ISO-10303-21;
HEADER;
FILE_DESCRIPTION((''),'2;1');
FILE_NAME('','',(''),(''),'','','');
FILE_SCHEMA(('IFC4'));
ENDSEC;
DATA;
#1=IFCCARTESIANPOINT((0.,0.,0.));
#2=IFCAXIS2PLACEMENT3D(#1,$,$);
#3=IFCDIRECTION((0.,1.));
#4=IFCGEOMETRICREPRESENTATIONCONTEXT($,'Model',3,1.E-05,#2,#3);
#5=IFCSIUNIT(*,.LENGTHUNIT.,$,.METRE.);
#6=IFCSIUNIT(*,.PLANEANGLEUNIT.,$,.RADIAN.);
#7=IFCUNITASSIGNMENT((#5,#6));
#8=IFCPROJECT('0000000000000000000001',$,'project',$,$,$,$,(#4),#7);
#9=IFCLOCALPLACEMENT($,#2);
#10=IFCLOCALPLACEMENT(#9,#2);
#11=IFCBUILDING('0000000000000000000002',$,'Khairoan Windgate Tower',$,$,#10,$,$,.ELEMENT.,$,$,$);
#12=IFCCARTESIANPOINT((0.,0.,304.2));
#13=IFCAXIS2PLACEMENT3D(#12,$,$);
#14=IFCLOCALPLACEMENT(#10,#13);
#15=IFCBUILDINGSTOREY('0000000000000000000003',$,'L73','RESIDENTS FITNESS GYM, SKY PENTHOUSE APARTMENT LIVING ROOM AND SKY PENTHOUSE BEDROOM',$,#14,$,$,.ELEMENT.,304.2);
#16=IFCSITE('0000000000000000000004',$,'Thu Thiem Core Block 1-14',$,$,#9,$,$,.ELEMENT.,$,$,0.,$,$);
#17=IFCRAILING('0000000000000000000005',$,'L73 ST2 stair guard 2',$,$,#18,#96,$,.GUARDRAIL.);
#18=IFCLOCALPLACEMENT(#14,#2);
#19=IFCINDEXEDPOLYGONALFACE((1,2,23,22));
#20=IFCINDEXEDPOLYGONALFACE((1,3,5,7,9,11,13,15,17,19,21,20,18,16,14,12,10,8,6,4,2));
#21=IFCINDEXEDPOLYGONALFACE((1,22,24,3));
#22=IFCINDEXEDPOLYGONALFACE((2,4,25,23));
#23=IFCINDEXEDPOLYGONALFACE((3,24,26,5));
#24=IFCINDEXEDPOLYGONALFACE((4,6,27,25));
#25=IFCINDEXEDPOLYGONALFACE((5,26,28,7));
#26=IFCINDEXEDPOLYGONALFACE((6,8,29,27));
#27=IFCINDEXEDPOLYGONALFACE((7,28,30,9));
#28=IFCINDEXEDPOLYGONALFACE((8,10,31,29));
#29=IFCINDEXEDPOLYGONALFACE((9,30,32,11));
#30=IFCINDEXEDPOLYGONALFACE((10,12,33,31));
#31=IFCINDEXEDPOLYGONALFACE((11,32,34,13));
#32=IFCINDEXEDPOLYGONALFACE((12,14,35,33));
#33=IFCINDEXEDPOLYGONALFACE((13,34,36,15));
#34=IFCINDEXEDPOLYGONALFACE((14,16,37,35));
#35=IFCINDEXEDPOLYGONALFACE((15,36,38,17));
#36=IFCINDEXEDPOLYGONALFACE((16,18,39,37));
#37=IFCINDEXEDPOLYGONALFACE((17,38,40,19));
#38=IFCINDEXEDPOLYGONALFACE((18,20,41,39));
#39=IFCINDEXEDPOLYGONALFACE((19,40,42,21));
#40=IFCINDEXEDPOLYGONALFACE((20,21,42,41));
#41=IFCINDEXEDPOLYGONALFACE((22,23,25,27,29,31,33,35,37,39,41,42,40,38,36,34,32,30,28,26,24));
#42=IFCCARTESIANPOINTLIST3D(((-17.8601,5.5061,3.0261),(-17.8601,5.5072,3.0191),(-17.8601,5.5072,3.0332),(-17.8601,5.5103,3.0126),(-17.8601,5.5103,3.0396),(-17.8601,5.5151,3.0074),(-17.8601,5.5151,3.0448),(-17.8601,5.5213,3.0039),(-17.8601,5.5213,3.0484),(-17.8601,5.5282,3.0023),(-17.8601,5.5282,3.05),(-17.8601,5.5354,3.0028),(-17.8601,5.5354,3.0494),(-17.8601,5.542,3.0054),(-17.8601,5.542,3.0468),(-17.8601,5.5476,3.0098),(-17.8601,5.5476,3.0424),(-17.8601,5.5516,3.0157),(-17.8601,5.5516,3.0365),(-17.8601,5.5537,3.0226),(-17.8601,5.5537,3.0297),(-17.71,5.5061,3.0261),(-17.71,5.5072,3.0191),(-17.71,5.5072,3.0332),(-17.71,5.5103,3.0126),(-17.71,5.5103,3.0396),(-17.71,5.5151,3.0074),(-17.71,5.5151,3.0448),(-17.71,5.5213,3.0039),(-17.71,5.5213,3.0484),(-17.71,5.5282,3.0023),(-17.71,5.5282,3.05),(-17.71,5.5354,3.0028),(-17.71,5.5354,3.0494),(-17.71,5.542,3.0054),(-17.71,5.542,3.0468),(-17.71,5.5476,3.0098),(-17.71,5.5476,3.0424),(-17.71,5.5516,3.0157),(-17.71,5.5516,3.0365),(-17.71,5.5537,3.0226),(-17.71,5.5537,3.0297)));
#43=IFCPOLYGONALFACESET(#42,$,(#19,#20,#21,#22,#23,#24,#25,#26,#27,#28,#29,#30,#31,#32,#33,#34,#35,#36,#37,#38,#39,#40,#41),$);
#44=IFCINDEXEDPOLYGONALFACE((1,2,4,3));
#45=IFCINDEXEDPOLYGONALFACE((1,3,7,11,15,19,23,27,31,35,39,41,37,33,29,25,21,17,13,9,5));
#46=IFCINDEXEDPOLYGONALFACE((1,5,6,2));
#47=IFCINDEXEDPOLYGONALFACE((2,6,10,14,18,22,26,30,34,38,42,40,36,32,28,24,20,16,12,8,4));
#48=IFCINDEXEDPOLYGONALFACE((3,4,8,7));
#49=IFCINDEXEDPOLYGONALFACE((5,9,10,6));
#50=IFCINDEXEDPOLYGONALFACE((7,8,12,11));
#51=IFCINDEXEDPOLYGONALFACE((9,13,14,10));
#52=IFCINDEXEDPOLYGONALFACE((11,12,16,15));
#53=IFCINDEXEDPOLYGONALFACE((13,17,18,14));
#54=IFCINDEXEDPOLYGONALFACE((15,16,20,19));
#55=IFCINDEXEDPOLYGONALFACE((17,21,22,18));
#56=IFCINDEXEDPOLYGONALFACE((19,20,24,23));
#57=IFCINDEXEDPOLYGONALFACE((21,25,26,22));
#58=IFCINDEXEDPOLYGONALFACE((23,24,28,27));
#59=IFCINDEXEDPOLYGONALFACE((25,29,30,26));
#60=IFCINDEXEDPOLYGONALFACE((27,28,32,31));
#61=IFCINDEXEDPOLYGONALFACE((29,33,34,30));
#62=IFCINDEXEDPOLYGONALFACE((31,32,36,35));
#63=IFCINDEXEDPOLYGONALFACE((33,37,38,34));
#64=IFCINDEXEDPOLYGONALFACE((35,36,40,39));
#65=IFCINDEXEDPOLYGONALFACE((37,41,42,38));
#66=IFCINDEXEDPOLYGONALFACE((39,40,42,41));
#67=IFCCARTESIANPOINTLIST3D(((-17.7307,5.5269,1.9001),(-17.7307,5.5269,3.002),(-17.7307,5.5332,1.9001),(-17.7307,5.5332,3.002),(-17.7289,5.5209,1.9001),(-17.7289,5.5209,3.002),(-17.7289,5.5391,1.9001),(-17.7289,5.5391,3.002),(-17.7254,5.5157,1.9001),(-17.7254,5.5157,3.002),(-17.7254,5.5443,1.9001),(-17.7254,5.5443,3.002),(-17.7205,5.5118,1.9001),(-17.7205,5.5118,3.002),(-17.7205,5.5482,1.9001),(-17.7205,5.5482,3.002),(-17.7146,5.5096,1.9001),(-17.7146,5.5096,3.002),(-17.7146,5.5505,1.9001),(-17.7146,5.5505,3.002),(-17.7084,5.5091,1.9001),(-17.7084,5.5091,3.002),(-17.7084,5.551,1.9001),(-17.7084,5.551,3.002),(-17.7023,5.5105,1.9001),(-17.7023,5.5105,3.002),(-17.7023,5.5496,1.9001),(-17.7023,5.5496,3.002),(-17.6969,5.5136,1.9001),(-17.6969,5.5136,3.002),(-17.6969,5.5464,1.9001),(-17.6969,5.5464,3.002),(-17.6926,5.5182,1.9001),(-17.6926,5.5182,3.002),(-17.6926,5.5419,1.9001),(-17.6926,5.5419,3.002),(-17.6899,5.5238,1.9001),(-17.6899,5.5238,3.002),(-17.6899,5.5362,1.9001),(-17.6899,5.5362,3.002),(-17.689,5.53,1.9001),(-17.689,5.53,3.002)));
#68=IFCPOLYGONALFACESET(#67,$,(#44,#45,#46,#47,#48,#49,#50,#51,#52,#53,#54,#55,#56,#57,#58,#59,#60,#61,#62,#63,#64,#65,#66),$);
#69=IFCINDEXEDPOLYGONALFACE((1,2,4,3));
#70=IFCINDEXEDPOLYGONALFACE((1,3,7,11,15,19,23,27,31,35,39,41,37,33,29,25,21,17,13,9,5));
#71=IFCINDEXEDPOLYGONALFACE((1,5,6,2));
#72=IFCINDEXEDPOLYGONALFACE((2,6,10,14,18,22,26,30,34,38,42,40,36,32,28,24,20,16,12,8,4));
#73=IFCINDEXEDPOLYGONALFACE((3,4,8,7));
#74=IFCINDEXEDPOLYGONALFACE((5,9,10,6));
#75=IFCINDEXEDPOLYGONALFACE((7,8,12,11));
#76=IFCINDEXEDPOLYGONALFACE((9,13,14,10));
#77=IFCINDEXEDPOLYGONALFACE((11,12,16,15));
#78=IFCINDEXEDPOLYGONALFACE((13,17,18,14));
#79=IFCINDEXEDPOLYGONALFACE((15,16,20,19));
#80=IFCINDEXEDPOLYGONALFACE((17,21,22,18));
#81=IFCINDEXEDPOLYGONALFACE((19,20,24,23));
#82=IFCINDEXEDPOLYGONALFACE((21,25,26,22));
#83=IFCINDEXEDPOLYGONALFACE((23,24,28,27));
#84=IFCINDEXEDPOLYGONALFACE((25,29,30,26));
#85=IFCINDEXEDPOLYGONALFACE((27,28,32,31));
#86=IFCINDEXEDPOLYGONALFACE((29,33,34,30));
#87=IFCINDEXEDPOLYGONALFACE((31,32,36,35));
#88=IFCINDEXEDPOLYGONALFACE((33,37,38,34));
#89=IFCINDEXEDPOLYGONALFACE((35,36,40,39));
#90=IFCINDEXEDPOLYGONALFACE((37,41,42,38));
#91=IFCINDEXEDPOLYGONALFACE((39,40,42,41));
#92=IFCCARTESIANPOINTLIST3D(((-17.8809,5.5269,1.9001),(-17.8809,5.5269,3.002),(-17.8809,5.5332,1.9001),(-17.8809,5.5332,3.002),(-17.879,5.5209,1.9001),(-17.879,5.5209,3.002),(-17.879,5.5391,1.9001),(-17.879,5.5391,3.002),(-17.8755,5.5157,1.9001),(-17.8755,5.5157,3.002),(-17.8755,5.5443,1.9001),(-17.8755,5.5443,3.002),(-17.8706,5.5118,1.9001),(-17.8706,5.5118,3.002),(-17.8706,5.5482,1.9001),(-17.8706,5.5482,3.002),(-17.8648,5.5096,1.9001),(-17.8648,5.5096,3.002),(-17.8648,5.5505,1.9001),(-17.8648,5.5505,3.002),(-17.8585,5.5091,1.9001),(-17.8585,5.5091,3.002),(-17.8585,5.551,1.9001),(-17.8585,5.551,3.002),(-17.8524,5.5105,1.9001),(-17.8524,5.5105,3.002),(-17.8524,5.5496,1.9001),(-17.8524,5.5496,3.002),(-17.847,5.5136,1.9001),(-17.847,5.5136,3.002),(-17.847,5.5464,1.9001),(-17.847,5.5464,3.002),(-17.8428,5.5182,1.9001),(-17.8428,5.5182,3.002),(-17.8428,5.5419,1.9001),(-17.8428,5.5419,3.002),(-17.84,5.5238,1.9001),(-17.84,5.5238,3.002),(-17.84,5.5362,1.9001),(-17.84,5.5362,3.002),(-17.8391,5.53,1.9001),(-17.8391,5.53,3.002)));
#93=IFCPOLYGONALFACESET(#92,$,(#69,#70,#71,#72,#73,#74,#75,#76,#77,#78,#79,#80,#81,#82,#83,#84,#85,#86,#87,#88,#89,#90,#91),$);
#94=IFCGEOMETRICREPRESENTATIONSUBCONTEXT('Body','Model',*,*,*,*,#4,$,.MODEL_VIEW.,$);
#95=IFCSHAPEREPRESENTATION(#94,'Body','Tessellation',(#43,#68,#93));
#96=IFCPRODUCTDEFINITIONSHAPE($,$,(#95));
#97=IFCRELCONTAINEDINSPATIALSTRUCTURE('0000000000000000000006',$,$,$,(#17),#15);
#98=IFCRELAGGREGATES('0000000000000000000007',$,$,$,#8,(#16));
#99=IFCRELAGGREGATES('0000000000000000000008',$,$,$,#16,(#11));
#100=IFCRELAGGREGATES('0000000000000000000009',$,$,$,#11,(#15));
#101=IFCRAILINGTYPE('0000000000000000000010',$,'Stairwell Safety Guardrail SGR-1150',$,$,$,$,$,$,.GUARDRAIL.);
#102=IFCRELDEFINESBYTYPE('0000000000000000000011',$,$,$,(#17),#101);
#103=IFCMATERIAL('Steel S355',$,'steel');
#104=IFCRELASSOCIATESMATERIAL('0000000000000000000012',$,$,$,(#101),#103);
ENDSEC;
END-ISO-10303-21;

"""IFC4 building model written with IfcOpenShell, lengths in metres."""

from ifc_helpers import new_model, si_unit, direction, frame, origin, origin_2d, place, context, subcontext, project, spatial, circle, extrude, material, type_object, element, save


model = new_model("IFC4")

# Units and contexts
model_context = context("Model", 3, precision=1e-05, world=origin(), true_north=direction((0.0, 1.0)))
body_context = subcontext(model_context, "Body", "Model", "MODEL_VIEW")
ifc_project = project(units=[si_unit("LENGTHUNIT", "METRE"), si_unit("PLANEANGLEUNIT", "RADIAN")], contexts=[model_context])

# Site, building, storey
site_placement = place(None, origin())
site = spatial("IfcSite", under=ifc_project, at=site_placement, Name="Thu Thiem Core Block 1-14", CompositionType="ELEMENT", RefElevation=0.0)
building_placement = place(site_placement, origin())
building = spatial("IfcBuilding", under=site, at=building_placement, Name="Khairoan Windgate Tower", CompositionType="ELEMENT")
storey_placement = place(building_placement, frame((0.0, 0.0, 304.2)))
storey = spatial("IfcBuildingStorey", under=building, at=storey_placement, Name="L73", Description="RESIDENTS FITNESS GYM, SKY PENTHOUSE APARTMENT LIVING ROOM AND SKY PENTHOUSE BEDROOM", CompositionType="ELEMENT", Elevation=304.2)

# Railing
ifc_material_1 = material(Name="Steel S355", Category="steel")
railing_type_1 = type_object("IfcRailingType", Name="Stairwell Safety Guardrail SGR-1150", PredefinedType="GUARDRAIL", material=ifc_material_1)
railing_1_placement = place(storey_placement, frame((-17.71, 5.53, 1.9001)))
element("IfcRailing", 1, at=railing_1_placement, inside=storey, type_object=railing_type_1, Name="L73 ST2 stair guard 2", PredefinedType="GUARDRAIL", context=body_context, shape_type="SweptSolid", body=[
    extrude(circle(Radius=0.0239, at=origin_2d()), frame((0.0, 0.0, 1.126), z_axis=(-1.0, 0.0, 0.0), x_axis=(0.0, -1.0, 0.0)), (0.0, 0.0, 1.0), 0.1501),
    extrude(circle(Radius=0.021, at=origin_2d()), origin(), (0.0, 0.0, 1.0), 1.1018),
    extrude(circle(Radius=0.021, at=origin_2d()), frame((-0.1501, 0.0, 0.0)), (0.0, 0.0, 1.0), 1.1018),
])

save(model, "model.ifc")
